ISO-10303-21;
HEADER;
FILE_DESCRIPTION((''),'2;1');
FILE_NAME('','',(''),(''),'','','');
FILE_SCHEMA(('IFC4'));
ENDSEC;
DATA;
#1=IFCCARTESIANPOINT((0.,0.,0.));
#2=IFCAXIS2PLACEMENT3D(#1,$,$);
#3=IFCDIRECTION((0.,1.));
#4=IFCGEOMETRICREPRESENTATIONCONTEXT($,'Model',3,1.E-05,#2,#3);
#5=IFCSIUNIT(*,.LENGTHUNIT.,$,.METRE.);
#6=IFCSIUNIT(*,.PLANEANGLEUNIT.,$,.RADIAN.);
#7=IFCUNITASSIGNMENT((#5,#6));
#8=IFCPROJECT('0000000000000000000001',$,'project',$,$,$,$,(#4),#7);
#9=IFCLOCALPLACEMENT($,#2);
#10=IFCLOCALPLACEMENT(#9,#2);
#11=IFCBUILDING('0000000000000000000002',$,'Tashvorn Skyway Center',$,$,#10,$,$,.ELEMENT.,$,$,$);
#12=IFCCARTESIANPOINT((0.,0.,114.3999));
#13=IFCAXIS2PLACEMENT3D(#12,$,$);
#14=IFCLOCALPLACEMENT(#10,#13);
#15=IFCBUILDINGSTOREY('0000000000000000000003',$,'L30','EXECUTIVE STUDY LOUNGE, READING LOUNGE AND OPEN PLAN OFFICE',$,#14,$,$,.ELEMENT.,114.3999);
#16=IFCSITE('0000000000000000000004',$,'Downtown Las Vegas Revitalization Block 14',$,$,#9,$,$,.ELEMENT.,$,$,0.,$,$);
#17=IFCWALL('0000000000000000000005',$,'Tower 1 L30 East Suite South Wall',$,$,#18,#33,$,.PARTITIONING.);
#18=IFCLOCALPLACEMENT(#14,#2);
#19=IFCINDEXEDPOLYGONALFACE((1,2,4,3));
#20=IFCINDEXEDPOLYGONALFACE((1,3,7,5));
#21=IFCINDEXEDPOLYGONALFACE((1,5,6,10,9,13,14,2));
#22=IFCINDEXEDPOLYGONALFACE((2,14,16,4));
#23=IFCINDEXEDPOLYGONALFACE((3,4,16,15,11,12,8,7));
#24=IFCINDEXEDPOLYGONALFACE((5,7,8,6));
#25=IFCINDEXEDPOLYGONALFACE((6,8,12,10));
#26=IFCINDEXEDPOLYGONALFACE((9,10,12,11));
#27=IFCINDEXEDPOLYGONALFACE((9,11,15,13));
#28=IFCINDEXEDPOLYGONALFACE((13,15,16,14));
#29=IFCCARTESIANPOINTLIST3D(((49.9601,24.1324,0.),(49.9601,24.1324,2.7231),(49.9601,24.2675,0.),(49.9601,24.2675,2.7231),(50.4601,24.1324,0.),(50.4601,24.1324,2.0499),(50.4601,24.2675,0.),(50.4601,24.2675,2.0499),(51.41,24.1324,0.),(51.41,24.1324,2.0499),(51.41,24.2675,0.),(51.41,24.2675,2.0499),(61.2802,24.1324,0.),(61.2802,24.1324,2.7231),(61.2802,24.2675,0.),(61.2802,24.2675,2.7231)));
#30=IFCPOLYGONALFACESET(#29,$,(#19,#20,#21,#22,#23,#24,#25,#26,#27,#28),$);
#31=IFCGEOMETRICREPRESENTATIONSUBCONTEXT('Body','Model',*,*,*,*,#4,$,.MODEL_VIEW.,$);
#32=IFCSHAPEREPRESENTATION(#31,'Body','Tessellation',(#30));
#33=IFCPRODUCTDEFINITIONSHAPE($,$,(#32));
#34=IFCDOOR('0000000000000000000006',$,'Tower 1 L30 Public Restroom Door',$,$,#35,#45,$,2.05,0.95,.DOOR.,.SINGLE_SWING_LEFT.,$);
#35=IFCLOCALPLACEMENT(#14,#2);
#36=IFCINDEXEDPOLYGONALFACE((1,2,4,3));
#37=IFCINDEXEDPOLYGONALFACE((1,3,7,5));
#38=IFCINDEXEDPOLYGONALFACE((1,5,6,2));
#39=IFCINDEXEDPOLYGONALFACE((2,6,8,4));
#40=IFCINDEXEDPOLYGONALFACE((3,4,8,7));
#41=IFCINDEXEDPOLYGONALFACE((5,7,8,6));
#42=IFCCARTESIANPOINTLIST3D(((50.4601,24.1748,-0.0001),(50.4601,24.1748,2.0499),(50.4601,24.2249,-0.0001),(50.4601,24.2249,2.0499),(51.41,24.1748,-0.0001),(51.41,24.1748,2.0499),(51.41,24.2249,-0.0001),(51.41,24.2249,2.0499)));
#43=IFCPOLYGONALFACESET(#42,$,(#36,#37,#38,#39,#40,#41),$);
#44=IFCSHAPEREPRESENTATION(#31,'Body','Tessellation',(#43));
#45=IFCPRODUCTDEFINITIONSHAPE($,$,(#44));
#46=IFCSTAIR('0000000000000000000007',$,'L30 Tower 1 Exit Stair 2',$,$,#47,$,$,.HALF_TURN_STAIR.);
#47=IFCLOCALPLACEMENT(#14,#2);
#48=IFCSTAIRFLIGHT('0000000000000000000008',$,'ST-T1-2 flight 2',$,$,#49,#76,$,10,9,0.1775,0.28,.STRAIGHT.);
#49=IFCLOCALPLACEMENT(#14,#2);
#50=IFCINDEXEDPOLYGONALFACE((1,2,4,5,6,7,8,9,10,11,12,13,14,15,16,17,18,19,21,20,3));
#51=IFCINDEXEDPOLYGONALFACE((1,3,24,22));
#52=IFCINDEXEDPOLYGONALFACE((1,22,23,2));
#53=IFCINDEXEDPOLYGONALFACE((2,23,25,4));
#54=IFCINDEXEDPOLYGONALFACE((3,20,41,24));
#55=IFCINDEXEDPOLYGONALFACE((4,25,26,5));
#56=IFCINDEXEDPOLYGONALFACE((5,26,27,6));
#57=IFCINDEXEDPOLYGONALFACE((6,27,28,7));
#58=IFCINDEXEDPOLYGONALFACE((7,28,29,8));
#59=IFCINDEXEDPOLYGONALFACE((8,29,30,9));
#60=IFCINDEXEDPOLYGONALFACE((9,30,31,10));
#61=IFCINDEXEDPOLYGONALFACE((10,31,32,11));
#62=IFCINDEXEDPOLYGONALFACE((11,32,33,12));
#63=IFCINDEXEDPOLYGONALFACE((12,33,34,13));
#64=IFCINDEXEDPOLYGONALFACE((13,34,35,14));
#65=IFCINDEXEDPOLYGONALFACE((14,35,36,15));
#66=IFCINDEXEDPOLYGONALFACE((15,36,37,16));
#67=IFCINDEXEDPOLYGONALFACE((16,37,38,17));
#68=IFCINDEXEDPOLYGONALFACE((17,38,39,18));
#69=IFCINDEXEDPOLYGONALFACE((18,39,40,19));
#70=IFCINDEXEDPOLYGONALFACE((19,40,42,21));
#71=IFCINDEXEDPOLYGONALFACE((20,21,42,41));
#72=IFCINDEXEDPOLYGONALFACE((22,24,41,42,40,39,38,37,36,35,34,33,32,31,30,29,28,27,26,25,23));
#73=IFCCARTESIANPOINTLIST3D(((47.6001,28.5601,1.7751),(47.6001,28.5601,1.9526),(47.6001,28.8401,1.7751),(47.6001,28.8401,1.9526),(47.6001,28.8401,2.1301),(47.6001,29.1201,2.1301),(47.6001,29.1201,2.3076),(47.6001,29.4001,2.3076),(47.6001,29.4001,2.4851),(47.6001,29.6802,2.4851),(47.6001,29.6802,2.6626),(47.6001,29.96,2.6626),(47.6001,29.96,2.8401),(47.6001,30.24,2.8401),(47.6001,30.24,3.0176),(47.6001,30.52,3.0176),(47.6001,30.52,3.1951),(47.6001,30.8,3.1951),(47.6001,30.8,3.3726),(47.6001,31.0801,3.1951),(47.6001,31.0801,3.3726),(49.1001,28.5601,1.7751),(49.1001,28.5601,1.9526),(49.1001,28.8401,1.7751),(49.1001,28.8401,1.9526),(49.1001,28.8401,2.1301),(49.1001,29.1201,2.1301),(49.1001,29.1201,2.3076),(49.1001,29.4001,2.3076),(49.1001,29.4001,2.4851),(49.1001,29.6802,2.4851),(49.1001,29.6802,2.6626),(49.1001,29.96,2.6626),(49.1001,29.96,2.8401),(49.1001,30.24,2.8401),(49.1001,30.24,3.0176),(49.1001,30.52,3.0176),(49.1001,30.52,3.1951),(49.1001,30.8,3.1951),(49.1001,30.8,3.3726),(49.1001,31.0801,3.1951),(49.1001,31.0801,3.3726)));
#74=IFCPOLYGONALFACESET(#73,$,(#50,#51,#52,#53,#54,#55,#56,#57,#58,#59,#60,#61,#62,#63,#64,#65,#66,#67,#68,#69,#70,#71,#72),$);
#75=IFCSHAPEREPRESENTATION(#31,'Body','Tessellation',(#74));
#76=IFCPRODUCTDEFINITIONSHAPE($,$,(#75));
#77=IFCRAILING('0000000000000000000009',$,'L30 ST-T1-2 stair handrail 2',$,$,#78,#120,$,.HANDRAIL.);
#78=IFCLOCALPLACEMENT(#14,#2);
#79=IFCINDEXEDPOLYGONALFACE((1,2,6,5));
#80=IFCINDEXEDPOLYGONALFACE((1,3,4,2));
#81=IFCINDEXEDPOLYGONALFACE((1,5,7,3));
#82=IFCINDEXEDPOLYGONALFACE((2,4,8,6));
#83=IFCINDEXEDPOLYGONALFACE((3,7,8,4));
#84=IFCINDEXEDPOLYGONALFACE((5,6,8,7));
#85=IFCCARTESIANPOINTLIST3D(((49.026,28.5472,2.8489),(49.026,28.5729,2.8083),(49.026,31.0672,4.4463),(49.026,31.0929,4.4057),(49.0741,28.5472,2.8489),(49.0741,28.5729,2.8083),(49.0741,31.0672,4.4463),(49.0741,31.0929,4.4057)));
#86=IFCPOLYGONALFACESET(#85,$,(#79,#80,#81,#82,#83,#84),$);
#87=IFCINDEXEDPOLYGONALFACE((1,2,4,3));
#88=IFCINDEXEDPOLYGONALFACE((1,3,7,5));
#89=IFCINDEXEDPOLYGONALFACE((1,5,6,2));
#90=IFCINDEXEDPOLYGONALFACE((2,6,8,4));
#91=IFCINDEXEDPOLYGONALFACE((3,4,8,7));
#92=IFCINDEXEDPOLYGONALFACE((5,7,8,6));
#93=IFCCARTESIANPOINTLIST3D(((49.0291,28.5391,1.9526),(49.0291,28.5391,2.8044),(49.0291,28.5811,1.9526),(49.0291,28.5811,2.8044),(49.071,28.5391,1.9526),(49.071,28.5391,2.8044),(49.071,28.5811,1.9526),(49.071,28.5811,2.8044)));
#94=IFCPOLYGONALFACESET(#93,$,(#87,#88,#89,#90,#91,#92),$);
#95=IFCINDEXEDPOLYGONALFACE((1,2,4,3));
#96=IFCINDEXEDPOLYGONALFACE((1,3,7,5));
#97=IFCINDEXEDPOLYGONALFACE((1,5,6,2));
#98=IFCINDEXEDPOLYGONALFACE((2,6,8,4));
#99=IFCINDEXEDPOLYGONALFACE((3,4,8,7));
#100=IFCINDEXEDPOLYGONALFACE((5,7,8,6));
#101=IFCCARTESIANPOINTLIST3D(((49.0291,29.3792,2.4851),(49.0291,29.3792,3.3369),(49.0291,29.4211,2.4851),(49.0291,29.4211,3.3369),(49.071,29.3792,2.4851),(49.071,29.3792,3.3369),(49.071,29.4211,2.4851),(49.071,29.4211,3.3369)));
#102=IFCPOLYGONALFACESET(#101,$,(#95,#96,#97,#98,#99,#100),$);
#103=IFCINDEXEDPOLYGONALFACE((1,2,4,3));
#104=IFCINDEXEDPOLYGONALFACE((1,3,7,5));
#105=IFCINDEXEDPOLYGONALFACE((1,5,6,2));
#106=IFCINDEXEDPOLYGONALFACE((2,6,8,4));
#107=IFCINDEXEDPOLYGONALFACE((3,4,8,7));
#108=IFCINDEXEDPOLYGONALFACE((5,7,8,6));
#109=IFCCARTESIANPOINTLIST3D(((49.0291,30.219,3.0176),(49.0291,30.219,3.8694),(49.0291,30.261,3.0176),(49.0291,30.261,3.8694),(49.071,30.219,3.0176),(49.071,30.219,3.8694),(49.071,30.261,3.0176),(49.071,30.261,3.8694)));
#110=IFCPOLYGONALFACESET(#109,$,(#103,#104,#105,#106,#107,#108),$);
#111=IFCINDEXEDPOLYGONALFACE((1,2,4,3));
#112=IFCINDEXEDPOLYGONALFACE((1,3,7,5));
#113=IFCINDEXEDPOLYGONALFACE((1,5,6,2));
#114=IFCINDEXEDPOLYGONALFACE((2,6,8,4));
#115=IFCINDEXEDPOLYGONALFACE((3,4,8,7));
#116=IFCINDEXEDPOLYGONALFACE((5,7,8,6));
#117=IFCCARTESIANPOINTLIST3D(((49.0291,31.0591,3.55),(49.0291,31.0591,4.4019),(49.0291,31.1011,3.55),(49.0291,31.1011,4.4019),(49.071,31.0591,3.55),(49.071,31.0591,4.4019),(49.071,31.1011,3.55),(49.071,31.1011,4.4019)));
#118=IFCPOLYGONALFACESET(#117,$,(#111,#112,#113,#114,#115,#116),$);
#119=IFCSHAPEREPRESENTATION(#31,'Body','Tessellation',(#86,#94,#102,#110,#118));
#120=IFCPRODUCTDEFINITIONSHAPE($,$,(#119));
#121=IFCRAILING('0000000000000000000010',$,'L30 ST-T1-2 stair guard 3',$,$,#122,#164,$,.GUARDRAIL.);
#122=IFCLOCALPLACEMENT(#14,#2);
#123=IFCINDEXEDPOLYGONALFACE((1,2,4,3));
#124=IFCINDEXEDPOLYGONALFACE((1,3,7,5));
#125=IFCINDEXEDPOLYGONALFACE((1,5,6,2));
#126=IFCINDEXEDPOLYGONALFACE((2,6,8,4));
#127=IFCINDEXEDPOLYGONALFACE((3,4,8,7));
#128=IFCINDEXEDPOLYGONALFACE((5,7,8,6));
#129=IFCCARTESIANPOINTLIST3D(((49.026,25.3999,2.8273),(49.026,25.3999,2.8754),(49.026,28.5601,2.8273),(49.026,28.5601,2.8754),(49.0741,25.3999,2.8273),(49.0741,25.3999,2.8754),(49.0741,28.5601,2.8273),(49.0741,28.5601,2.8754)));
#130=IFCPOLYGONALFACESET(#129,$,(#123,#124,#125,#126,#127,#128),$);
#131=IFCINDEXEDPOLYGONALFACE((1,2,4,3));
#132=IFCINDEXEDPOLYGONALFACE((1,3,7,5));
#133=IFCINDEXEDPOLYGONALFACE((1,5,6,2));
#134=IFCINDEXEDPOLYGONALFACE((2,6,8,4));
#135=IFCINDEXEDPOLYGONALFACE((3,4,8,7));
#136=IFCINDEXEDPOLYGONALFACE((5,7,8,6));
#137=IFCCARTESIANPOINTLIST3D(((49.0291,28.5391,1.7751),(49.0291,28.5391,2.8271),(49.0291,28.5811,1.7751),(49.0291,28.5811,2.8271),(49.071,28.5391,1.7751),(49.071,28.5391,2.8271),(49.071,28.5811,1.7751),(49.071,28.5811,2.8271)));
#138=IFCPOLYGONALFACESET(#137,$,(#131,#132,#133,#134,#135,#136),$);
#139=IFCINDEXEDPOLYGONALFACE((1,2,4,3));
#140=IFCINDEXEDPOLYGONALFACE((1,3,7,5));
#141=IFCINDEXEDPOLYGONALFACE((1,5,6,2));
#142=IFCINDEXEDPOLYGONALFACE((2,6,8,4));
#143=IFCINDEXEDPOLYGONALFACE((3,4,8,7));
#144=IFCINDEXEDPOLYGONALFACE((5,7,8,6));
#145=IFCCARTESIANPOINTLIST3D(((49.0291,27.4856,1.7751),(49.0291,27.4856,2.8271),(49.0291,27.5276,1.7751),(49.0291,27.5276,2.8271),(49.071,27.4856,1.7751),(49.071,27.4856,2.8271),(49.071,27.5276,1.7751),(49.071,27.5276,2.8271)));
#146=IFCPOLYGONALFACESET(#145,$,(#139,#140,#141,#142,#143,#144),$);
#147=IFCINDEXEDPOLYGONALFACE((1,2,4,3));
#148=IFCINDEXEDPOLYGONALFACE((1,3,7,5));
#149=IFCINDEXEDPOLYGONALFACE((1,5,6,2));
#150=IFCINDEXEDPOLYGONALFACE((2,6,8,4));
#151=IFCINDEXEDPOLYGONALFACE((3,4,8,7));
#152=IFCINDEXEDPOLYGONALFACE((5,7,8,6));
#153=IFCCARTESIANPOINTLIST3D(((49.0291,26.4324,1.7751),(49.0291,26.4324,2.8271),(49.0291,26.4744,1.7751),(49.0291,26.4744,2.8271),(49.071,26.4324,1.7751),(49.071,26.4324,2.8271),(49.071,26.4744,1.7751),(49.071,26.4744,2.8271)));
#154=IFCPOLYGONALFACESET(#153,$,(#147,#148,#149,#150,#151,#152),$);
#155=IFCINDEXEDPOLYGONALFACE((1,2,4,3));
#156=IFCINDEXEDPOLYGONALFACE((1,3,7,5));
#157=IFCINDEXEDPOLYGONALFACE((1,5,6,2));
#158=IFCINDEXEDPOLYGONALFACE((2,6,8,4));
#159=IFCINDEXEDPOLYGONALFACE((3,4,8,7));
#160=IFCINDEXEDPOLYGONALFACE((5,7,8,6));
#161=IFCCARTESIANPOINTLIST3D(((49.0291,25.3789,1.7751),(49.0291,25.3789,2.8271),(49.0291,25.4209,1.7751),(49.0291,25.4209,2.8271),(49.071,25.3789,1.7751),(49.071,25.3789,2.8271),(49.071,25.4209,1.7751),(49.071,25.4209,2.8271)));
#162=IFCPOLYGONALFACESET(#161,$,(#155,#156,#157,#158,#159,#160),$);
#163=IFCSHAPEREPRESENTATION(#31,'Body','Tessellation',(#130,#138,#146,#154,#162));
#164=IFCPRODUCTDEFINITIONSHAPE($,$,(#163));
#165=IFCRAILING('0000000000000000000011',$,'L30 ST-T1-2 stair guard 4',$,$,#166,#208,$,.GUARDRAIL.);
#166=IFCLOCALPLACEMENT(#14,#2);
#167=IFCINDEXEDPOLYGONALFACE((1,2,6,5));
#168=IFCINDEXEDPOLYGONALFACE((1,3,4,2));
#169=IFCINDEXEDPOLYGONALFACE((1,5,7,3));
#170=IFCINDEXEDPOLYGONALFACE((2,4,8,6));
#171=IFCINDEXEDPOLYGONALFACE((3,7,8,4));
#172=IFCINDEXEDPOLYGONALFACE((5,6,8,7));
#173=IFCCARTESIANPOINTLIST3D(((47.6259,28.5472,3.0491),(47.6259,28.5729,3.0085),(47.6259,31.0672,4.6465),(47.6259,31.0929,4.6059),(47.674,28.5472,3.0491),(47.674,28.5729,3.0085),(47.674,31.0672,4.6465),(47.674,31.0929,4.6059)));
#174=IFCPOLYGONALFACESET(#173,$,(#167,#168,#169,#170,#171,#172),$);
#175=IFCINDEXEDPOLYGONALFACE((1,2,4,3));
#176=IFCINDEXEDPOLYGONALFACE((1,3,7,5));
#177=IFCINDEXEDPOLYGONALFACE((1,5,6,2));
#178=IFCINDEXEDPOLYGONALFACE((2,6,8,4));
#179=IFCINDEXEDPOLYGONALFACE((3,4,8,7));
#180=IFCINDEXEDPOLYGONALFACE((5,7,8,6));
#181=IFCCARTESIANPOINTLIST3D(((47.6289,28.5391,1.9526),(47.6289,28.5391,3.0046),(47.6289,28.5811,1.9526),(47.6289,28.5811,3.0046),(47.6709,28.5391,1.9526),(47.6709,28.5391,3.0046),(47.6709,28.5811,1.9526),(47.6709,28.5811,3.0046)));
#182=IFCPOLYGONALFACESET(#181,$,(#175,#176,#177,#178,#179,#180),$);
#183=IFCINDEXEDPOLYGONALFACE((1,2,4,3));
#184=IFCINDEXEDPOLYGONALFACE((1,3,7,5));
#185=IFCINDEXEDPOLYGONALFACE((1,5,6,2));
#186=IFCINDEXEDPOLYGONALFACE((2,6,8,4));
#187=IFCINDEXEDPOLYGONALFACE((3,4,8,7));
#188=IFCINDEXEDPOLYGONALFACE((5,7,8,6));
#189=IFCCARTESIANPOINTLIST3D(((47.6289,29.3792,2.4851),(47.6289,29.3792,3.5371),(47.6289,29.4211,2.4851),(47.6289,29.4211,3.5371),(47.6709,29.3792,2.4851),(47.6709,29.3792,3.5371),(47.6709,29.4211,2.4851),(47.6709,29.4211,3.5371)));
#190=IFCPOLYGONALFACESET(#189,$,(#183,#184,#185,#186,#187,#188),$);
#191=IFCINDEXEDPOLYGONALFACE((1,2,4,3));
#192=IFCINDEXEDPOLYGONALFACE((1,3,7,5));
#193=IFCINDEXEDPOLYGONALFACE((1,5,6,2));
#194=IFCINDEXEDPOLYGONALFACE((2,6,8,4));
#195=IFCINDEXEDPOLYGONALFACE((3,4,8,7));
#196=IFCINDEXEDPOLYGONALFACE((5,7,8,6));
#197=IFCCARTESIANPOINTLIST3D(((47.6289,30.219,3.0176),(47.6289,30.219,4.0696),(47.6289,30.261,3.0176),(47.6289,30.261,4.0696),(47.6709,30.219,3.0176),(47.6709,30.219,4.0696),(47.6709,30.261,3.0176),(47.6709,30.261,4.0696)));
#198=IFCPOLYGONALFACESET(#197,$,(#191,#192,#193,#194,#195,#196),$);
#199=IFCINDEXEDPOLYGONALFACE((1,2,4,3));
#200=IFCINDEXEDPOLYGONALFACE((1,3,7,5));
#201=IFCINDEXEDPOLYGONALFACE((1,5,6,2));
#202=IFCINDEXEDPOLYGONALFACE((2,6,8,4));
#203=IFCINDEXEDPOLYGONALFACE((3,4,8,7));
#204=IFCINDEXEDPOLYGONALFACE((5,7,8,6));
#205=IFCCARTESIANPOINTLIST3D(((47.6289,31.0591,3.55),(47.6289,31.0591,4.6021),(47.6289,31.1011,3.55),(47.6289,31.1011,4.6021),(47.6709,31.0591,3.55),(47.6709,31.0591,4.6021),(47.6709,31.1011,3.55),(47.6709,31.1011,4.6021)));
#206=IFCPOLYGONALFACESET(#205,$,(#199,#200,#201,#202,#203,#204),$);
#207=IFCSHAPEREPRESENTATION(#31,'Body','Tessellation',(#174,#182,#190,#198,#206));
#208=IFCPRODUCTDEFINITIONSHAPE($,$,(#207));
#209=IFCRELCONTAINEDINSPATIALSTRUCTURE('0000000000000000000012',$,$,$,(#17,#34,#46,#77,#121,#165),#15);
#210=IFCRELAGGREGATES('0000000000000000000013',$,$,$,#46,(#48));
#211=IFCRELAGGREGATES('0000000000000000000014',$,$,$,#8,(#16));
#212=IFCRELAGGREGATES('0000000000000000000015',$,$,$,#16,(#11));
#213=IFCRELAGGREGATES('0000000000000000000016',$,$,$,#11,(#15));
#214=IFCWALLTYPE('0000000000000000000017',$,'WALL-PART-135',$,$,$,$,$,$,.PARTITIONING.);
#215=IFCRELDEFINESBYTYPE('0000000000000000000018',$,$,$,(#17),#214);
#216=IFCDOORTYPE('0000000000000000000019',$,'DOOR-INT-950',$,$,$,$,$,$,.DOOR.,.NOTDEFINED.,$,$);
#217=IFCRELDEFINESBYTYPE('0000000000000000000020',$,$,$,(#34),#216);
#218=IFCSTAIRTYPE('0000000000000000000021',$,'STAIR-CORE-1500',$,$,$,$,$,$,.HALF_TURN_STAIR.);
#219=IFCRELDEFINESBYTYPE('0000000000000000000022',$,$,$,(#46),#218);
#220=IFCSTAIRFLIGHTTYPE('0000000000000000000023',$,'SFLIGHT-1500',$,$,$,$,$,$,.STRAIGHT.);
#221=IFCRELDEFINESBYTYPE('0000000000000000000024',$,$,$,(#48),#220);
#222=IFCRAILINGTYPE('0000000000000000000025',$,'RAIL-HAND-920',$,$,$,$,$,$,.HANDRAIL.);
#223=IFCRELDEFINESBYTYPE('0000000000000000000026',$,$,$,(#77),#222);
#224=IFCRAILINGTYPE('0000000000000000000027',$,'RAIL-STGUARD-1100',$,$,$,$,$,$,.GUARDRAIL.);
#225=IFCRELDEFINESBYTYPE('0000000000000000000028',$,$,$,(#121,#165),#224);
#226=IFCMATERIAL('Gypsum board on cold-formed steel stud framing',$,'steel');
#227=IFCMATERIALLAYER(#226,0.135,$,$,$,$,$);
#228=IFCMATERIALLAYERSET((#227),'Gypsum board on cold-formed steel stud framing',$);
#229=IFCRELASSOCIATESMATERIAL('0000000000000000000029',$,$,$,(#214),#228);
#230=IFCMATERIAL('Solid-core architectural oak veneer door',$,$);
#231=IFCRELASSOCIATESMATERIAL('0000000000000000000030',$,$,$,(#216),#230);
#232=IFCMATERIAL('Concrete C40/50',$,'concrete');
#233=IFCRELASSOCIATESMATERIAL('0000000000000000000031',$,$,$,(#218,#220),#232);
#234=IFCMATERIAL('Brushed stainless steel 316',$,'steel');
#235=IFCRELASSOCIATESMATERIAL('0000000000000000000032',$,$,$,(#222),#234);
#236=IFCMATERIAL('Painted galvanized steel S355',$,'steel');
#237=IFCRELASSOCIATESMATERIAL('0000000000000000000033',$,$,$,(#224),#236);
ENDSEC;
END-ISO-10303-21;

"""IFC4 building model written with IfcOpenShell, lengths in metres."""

from ifc_helpers import new_model, si_unit, direction, frame, frame_2d, origin, origin_2d, place, context, subcontext, project, spatial, polyline, rectangle, outline, extrude, material, layer, layer_set, type_object, element, fill, aggregate, save


model = new_model("IFC4")

# Units and contexts
model_context = context("Model", 3, precision=1e-05, world=origin(), true_north=direction((0.0, 1.0)))
body_context = subcontext(model_context, "Body", "Model", "MODEL_VIEW")
ifc_project = project(units=[si_unit("LENGTHUNIT", "METRE"), si_unit("PLANEANGLEUNIT", "RADIAN")], contexts=[model_context])

# Site, building, storey
site_placement = place(None, origin())
site = spatial("IfcSite", under=ifc_project, at=site_placement, Name="Downtown Las Vegas Revitalization Block 14", CompositionType="ELEMENT", RefElevation=0.0)
building_placement = place(site_placement, origin())
building = spatial("IfcBuilding", under=site, at=building_placement, Name="Tashvorn Skyway Center", CompositionType="ELEMENT")
storey_placement = place(building_placement, frame((0.0, 0.0, 114.3999)))
storey = spatial("IfcBuildingStorey", under=building, at=storey_placement, Name="L30", Description="EXECUTIVE STUDY LOUNGE, READING LOUNGE AND OPEN PLAN OFFICE", CompositionType="ELEMENT", Elevation=114.3999)

# Wall, opening, door
ifc_material_1 = material(Name="Gypsum board on cold-formed steel stud framing", Category="steel")
ifc_layer_1 = layer(ifc_material_1, 0.135)
ifc_layer_set_1 = layer_set([ifc_layer_1], Name="Gypsum board on cold-formed steel stud framing")
wall_type_1 = type_object("IfcWallType", Name="WALL-PART-135", PredefinedType="PARTITIONING", material=ifc_layer_set_1)
wall_1_placement = place(storey_placement, frame((49.96, 24.2, 0.0), z_axis=(0.0, 0.0, 1.0), x_axis=(1.0, 0.0, 0.0)))
wall_1 = element("IfcWall", 1, at=wall_1_placement, inside=storey, type_object=wall_type_1, Name="Tower 1 L30 East Suite South Wall", PredefinedType="PARTITIONING", context=body_context, shape_type="SweptSolid", body=[
    extrude(rectangle(XDim=11.3201, YDim=0.135, at=frame_2d((5.6602, 0.0))), origin(), (0.0, 0.0, 1.0), 2.7231),
])
opening_1_placement = place(wall_1_placement, frame((0.5, 0.0, 0.0)))
opening_1 = element("IfcOpeningElement", 2, at=opening_1_placement, cuts=wall_1, PredefinedType="OPENING", context=body_context, shape_type="SweptSolid", body=[
    extrude(rectangle(XDim=0.95, YDim=2.05, at=frame_2d((0.4751, 1.0249))), frame((0.0, 0.0774, 0.0), z_axis=(0.0, -1.0, 0.0), x_axis=(1.0, 0.0, 0.0)), (0.0, 0.0, 1.0), 0.155),
])
ifc_material_2 = material(Name="Solid-core architectural oak veneer door")
door_type_1 = type_object("IfcDoorType", Name="DOOR-INT-950", OperationType="NOTDEFINED", PredefinedType="DOOR", material=ifc_material_2)
door_1_placement = place(opening_1_placement, origin())
door_1 = element("IfcDoor", 3, at=door_1_placement, inside=storey, type_object=door_type_1, Name="Tower 1 L30 Public Restroom Door", OperationType="SINGLE_SWING_LEFT", OverallHeight=2.05, OverallWidth=0.95, PredefinedType="DOOR", context=body_context, shape_type="SweptSolid", body=[
    extrude(rectangle(XDim=0.95, YDim=2.05, at=frame_2d((0.4751, 1.0249))), frame((0.0, 0.0249, 0.0), z_axis=(0.0, -1.0, 0.0), x_axis=(1.0, 0.0, 0.0)), (0.0, 0.0, 1.0), 0.05),
])
fill(opening_1, door_1)

# Stair, stair flight
ifc_material_3 = material(Name="Concrete C40/50", Category="concrete")
stair_type = type_object("IfcStairType", Name="STAIR-CORE-1500", PredefinedType="HALF_TURN_STAIR", material=ifc_material_3)
stair_placement = place(storey_placement, origin())
stair = element("IfcStair", 4, at=stair_placement, inside=storey, type_object=stair_type, Name="L30 Tower 1 Exit Stair 2", PredefinedType="HALF_TURN_STAIR")
stair_flight_type = type_object("IfcStairFlightType", Name="SFLIGHT-1500", PredefinedType="STRAIGHT", material=ifc_material_3)
stair_flight_placement = place(storey_placement, frame((48.3501, 28.5601, 1.7751), z_axis=(0.0, 0.0, 1.0), x_axis=(0.0, 1.0, 0.0)))
stair_flight = element("IfcStairFlight", 5, at=stair_flight_placement, type_object=stair_flight_type, Name="ST-T1-2 flight 2", NumberOfRisers=10, NumberOfTreads=9, PredefinedType="STRAIGHT", RiserHeight=0.1775, TreadLength=0.28, context=body_context, shape_type="SweptSolid", body=[
    extrude(outline(polyline([(0.0, 0.0), (0.0, 0.1775), (0.28, 0.1775), (0.28, 0.355), (0.5601, 0.355), (0.5601, 0.5325), (0.8401, 0.5325), (0.8401, 0.71), (1.1201, 0.71), (1.1201, 0.8875), (1.3999, 0.8875), (1.3999, 1.0649), (1.6799, 1.0649), (1.6799, 1.2424), (1.96, 1.2424), (1.96, 1.4199), (2.24, 1.4199), (2.24, 1.5974), (2.52, 1.5974), (2.52, 1.7749), (2.52, 1.4199), (0.28, 0.0), (0.0, 0.0)])), frame((0.0, 0.75, 0.0), z_axis=(0.0, -1.0, 0.0), x_axis=(1.0, 0.0, 0.0)), (0.0, 0.0, 1.0), 1.5),
])
aggregate(stair, [stair_flight])

# Railings
ifc_material_4 = material(Name="Brushed stainless steel 316", Category="steel")
railing_type_1 = type_object("IfcRailingType", Name="RAIL-HAND-920", PredefinedType="HANDRAIL", material=ifc_material_4)
railing_1_placement = place(storey_placement, frame((49.05, 28.5601, 1.9526)))
element("IfcRailing", 6, at=railing_1_placement, inside=storey, type_object=railing_type_1, Name="L30 ST-T1-2 stair handrail 2", PredefinedType="HANDRAIL", context=body_context, shape_type="SweptSolid", body=[
    extrude(rectangle(XDim=0.0481, YDim=0.0481, at=origin_2d()), frame((0.0, 0.0, 0.876), z_axis=(0.0, 0.844607, 0.535387), x_axis=(-1.0, 0.0, 0.0)), (0.0, 0.0, 1.0), 2.9836),
    extrude(rectangle(XDim=0.042, YDim=0.042, at=origin_2d()), origin(), (0.0, 0.0, 1.0), 0.8518),
    extrude(rectangle(XDim=0.042, YDim=0.042, at=origin_2d()), frame((0.0, 0.8401, 0.5325)), (0.0, 0.0, 1.0), 0.8518),
    extrude(rectangle(XDim=0.042, YDim=0.042, at=origin_2d()), frame((0.0, 1.6799, 1.0649)), (0.0, 0.0, 1.0), 0.8518),
    extrude(rectangle(XDim=0.042, YDim=0.042, at=origin_2d()), frame((0.0, 2.52, 1.5974)), (0.0, 0.0, 1.0), 0.8518),
])
ifc_material_5 = material(Name="Painted galvanized steel S355", Category="steel")
railing_type_2 = type_object("IfcRailingType", Name="RAIL-STGUARD-1100", PredefinedType="GUARDRAIL", material=ifc_material_5)
railing_2_placement = place(storey_placement, frame((49.05, 28.5601, 1.7751)))
element("IfcRailing", 7, at=railing_2_placement, inside=storey, type_object=railing_type_2, Name="L30 ST-T1-2 stair guard 3", PredefinedType="GUARDRAIL", context=body_context, shape_type="SweptSolid", body=[
    extrude(rectangle(XDim=0.0481, YDim=0.0481, at=origin_2d()), frame((0.0, 0.0, 1.0762), z_axis=(0.0, -1.0, 0.0), x_axis=(1.0, 0.0, 0.0)), (0.0, 0.0, 1.0), 3.1602),
    extrude(rectangle(XDim=0.042, YDim=0.042, at=origin_2d()), origin(), (0.0, 0.0, 1.0), 1.052),
    extrude(rectangle(XDim=0.042, YDim=0.042, at=origin_2d()), frame((0.0, -1.0535, 0.0)), (0.0, 0.0, 1.0), 1.052),
    extrude(rectangle(XDim=0.042, YDim=0.042, at=origin_2d()), frame((0.0, -2.1067, 0.0)), (0.0, 0.0, 1.0), 1.052),
    extrude(rectangle(XDim=0.042, YDim=0.042, at=origin_2d()), frame((0.0, -3.1602, 0.0)), (0.0, 0.0, 1.0), 1.052),
])
railing_3_placement = place(storey_placement, frame((47.6499, 28.5601, 1.9526)))
element("IfcRailing", 8, at=railing_3_placement, inside=storey, type_object=railing_type_2, Name="L30 ST-T1-2 stair guard 4", PredefinedType="GUARDRAIL", context=body_context, shape_type="SweptSolid", body=[
    extrude(rectangle(XDim=0.0481, YDim=0.0481, at=origin_2d()), frame((0.0, 0.0, 1.0762), z_axis=(0.0, 0.844607, 0.535387), x_axis=(-1.0, 0.0, 0.0)), (0.0, 0.0, 1.0), 2.9836),
    extrude(rectangle(XDim=0.042, YDim=0.042, at=origin_2d()), origin(), (0.0, 0.0, 1.0), 1.052),
    extrude(rectangle(XDim=0.042, YDim=0.042, at=origin_2d()), frame((0.0, 0.8401, 0.5325)), (0.0, 0.0, 1.0), 1.052),
    extrude(rectangle(XDim=0.042, YDim=0.042, at=origin_2d()), frame((0.0, 1.6799, 1.0649)), (0.0, 0.0, 1.0), 1.052),
    extrude(rectangle(XDim=0.042, YDim=0.042, at=origin_2d()), frame((0.0, 2.52, 1.5974)), (0.0, 0.0, 1.0), 1.052),
])

save(model, "model.ifc")
